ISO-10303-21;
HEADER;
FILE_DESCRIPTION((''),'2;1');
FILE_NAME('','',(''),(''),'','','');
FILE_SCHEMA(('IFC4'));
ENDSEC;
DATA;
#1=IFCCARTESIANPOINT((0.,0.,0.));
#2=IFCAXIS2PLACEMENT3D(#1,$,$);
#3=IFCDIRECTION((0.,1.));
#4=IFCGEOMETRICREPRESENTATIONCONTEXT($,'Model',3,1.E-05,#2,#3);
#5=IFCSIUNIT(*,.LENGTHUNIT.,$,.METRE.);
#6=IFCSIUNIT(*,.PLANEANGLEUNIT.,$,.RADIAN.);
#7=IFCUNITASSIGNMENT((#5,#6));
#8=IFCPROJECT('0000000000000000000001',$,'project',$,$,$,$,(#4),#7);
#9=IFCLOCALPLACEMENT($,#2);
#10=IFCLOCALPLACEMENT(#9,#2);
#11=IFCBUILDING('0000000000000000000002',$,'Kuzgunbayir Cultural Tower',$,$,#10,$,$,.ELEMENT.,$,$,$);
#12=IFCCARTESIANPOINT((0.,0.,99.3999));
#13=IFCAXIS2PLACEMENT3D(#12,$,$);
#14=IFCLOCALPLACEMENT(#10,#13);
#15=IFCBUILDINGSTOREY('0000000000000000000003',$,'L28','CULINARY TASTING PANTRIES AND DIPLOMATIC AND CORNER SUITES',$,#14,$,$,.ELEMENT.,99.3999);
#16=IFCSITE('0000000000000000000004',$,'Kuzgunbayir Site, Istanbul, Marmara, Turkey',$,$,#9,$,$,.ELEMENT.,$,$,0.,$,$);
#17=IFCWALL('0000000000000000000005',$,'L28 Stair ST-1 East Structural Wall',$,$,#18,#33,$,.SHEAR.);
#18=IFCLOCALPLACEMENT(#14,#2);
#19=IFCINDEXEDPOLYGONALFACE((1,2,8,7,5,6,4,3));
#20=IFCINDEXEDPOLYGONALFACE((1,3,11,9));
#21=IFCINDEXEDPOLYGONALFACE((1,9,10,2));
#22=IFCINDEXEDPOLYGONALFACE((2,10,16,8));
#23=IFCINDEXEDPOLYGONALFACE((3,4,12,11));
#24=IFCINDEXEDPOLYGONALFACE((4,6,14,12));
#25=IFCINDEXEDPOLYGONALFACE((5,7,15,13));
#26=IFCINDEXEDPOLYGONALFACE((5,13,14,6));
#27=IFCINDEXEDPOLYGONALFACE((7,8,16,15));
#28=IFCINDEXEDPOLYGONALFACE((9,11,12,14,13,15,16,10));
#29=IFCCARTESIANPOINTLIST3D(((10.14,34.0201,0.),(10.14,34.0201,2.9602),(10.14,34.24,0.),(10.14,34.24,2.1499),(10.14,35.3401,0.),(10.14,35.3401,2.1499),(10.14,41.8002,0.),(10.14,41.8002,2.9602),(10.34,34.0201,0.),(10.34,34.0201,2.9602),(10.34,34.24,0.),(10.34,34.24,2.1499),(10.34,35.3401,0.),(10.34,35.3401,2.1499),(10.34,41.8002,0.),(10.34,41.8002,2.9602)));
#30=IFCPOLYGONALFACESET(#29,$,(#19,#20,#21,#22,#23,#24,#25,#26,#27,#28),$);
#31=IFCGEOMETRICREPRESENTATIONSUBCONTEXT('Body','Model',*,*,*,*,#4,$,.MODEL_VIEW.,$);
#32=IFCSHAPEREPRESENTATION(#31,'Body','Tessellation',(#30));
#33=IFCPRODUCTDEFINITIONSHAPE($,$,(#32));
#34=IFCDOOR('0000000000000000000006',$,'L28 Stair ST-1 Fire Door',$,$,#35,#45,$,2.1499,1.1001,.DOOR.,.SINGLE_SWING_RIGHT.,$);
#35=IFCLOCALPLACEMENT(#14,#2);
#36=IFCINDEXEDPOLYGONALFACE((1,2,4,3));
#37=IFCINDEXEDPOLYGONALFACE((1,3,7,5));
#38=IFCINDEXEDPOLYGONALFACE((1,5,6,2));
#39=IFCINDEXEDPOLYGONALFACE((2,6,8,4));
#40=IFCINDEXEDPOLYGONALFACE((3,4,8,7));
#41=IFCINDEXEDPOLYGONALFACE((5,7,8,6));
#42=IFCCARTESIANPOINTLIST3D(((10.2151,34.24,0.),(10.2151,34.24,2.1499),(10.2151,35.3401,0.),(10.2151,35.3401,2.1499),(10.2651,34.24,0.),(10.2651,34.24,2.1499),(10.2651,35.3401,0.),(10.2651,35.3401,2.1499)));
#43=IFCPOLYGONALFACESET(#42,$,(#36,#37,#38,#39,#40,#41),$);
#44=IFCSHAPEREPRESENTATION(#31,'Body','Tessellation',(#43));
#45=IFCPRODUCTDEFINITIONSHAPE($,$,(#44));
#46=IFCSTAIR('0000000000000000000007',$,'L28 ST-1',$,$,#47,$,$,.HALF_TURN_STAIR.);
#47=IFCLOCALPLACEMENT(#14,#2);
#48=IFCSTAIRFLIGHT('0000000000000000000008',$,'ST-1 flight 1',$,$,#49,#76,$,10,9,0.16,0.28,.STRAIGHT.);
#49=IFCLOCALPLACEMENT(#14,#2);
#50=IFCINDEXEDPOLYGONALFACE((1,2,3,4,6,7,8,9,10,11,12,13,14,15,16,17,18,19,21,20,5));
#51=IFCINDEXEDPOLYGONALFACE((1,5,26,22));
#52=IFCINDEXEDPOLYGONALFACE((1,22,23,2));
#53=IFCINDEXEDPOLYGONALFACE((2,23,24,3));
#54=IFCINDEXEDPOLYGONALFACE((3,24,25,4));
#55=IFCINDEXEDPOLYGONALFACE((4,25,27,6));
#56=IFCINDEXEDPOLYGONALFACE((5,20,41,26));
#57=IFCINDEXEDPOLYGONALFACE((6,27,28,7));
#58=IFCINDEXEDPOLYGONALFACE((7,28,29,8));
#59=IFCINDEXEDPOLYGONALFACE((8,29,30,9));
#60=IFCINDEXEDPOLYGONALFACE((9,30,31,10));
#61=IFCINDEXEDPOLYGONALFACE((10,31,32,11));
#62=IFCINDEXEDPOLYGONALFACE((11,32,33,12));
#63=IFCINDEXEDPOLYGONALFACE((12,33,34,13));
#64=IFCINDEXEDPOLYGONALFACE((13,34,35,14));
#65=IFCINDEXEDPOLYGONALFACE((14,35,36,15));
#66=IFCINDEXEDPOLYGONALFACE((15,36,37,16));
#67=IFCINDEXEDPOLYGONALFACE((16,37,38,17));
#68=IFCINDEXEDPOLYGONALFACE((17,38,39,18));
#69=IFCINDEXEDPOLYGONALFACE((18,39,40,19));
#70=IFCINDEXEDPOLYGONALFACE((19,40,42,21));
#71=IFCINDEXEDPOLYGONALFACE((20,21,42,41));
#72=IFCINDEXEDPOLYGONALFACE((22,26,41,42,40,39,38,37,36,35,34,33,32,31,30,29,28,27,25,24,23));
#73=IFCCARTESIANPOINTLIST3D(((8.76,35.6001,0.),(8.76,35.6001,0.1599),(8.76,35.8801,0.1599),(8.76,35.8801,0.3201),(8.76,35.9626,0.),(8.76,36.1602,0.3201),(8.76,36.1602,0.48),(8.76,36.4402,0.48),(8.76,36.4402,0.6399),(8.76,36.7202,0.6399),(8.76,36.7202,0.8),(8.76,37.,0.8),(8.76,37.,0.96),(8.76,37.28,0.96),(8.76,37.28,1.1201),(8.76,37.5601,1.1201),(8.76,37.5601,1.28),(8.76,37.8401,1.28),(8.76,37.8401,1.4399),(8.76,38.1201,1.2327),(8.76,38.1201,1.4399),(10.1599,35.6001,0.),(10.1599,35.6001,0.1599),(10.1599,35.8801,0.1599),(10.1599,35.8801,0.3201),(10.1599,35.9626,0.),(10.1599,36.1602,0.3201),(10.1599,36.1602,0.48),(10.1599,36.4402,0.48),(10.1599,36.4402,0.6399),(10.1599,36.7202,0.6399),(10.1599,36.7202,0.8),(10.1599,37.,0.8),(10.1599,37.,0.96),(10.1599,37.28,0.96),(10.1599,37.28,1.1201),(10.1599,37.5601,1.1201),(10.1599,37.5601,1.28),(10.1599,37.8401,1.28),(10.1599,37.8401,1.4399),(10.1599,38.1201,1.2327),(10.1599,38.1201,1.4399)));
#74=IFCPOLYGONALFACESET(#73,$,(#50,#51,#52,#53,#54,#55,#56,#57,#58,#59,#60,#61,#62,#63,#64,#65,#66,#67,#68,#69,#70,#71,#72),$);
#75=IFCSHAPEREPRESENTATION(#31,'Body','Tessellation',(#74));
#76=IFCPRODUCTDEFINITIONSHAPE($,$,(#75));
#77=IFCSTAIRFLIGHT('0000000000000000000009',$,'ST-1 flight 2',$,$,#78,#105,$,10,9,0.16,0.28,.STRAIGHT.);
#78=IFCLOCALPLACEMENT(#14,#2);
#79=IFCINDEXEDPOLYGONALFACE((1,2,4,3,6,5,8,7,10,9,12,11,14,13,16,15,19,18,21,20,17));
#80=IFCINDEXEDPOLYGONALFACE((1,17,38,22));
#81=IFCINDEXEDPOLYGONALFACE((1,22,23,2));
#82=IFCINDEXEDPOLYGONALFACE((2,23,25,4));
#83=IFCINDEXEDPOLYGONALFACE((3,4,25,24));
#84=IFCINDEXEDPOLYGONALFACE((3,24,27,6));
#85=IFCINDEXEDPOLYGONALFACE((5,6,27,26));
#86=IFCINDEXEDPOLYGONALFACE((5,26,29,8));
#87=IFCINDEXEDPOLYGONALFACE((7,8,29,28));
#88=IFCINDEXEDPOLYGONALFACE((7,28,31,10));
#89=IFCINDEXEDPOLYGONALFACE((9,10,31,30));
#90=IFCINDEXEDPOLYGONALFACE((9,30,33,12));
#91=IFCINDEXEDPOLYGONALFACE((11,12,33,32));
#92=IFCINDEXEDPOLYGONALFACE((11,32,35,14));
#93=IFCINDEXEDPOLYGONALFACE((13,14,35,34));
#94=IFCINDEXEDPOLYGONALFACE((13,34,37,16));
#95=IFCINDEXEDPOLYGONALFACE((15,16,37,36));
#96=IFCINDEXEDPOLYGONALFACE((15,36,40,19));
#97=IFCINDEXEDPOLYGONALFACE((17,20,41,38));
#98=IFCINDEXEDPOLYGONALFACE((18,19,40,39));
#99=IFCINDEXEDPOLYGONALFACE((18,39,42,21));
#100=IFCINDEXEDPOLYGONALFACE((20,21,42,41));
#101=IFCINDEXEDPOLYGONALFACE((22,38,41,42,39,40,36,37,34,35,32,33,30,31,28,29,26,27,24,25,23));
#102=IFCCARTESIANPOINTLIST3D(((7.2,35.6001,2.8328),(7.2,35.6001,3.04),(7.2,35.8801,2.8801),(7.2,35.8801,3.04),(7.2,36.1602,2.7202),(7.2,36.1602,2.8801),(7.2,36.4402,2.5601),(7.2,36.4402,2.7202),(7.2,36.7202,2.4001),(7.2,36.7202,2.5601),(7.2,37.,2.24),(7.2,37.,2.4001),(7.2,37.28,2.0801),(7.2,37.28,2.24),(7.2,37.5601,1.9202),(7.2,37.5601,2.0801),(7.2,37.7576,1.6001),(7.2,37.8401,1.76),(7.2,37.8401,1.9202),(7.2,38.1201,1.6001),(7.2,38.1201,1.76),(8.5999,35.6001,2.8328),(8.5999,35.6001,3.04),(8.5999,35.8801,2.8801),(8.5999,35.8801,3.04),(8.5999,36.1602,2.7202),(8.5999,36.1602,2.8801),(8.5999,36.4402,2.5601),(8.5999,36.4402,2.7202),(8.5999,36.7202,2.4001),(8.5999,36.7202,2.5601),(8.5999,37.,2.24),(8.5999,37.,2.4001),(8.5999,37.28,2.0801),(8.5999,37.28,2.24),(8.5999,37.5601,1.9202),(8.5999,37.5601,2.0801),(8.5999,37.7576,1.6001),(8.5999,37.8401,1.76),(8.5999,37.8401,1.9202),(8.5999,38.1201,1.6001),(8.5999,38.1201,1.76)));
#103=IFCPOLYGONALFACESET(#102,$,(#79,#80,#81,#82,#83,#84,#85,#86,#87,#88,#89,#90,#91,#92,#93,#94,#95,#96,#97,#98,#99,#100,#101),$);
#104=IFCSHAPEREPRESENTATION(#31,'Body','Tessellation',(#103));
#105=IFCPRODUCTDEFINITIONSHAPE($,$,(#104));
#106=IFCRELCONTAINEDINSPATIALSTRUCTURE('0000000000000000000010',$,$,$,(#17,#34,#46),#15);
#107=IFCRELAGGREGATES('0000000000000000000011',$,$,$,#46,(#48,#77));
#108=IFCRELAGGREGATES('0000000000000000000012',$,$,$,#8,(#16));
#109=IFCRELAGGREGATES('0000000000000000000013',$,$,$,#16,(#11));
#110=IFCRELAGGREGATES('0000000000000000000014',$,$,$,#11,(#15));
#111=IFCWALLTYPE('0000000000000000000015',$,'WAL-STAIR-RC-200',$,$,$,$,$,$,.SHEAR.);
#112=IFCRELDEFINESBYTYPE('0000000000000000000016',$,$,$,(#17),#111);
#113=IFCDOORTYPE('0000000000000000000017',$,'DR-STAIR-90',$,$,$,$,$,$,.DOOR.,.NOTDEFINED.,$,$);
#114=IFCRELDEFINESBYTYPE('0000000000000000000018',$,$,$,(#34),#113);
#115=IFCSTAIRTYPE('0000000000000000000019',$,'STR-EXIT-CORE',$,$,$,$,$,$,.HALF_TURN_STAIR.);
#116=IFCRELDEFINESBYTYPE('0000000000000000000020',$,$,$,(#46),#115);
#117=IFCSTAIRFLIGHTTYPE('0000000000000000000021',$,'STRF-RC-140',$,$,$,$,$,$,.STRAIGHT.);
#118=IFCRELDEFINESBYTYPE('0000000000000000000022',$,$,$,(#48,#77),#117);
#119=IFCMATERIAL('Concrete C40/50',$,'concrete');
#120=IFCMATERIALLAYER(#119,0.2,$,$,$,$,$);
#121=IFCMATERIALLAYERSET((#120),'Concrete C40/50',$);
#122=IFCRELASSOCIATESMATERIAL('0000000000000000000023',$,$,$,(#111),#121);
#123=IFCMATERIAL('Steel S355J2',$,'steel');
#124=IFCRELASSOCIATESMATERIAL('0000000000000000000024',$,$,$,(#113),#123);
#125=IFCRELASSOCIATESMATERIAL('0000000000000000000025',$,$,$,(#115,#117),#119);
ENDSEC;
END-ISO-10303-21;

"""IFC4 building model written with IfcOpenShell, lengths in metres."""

from ifc_helpers import new_model, si_unit, direction, frame, frame_2d, origin, place, context, subcontext, project, spatial, polyline, rectangle, outline, extrude, material, layer, layer_set, type_object, element, fill, aggregate, save


model = new_model("IFC4")

# Units and contexts
model_context = context("Model", 3, precision=1e-05, world=origin(), true_north=direction((0.0, 1.0)))
body_context = subcontext(model_context, "Body", "Model", "MODEL_VIEW")
ifc_project = project(units=[si_unit("LENGTHUNIT", "METRE"), si_unit("PLANEANGLEUNIT", "RADIAN")], contexts=[model_context])

# Site, building, storey
site_placement = place(None, origin())
site = spatial("IfcSite", under=ifc_project, at=site_placement, Name="Kuzgunbayir Site, Istanbul, Marmara, Turkey", CompositionType="ELEMENT", RefElevation=0.0)
building_placement = place(site_placement, origin())
building = spatial("IfcBuilding", under=site, at=building_placement, Name="Kuzgunbayir Cultural Tower", CompositionType="ELEMENT")
storey_placement = place(building_placement, frame((0.0, 0.0, 99.3999)))
storey = spatial("IfcBuildingStorey", under=building, at=storey_placement, Name="L28", Description="CULINARY TASTING PANTRIES AND DIPLOMATIC AND CORNER SUITES", CompositionType="ELEMENT", Elevation=99.3999)

# Shared definitions
ifc_material_1 = material(Name="Steel S355J2", Category="steel")

# Shared definitions
ifc_material_2 = material(Name="Concrete C40/50", Category="concrete")

# Wall, opening, door
ifc_layer_1 = layer(ifc_material_2, 0.2)
ifc_layer_set_1 = layer_set([ifc_layer_1], Name="Concrete C40/50")
wall_type_1 = type_object("IfcWallType", Name="WAL-STAIR-RC-200", PredefinedType="SHEAR", material=ifc_layer_set_1)
wall_1_placement = place(storey_placement, frame((10.24, 34.02, 0.0), z_axis=(0.0, 0.0, 1.0), x_axis=(0.0, 1.0, 0.0)))
wall_1 = element("IfcWall", 1, at=wall_1_placement, inside=storey, type_object=wall_type_1, Name="L28 Stair ST-1 East Structural Wall", PredefinedType="SHEAR", context=body_context, shape_type="SweptSolid", body=[
    extrude(rectangle(XDim=7.78, YDim=0.2, at=frame_2d((3.8901, 0.0))), origin(), (0.0, 0.0, 1.0), 2.9602),
])
opening_1_placement = place(wall_1_placement, frame((0.22, 0.0, 0.0)))
opening_1 = element("IfcOpeningElement", 2, at=opening_1_placement, cuts=wall_1, PredefinedType="OPENING", context=body_context, shape_type="SweptSolid", body=[
    extrude(rectangle(XDim=1.1001, YDim=2.1499, at=frame_2d((0.55, 1.075))), frame((0.0, 0.1099, 0.0), z_axis=(0.0, -1.0, 0.0), x_axis=(1.0, 0.0, 0.0)), (0.0, 0.0, 1.0), 0.22),
])
door_type_1 = type_object("IfcDoorType", Name="DR-STAIR-90", OperationType="NOTDEFINED", PredefinedType="DOOR", material=ifc_material_1)
door_1_placement = place(opening_1_placement, origin())
door_1 = element("IfcDoor", 3, at=door_1_placement, inside=storey, type_object=door_type_1, Name="L28 Stair ST-1 Fire Door", OperationType="SINGLE_SWING_RIGHT", OverallHeight=2.1499, OverallWidth=1.1001, PredefinedType="DOOR", context=body_context, shape_type="SweptSolid", body=[
    extrude(rectangle(XDim=1.1001, YDim=2.1499, at=frame_2d((0.55, 1.075))), frame((0.0, 0.0249, 0.0), z_axis=(0.0, -1.0, 0.0), x_axis=(1.0, 0.0, 0.0)), (0.0, 0.0, 1.0), 0.05),
])
fill(opening_1, door_1)

# Stair, stair flights
stair_type = type_object("IfcStairType", Name="STR-EXIT-CORE", PredefinedType="HALF_TURN_STAIR", material=ifc_material_2)
stair_placement = place(storey_placement, origin())
stair = element("IfcStair", 4, at=stair_placement, inside=storey, type_object=stair_type, Name="L28 ST-1", PredefinedType="HALF_TURN_STAIR")
stair_flight_type = type_object("IfcStairFlightType", Name="STRF-RC-140", PredefinedType="STRAIGHT", material=ifc_material_2)
stair_flight_1_placement = place(storey_placement, frame((9.46, 35.6001, 0.0), z_axis=(0.0, 0.0, 1.0), x_axis=(0.0, 1.0, 0.0)))
stair_flight_1 = element("IfcStairFlight", 5, at=stair_flight_1_placement, type_object=stair_flight_type, Name="ST-1 flight 1", NumberOfRisers=10, NumberOfTreads=9, PredefinedType="STRAIGHT", RiserHeight=0.16, TreadLength=0.28, context=body_context, shape_type="SweptSolid", body=[
    extrude(outline(polyline([(0.0, 0.0), (0.0, 0.1599), (0.28, 0.1599), (0.28, 0.3201), (0.5601, 0.3201), (0.5601, 0.48), (0.8401, 0.48), (0.8401, 0.6399), (1.1201, 0.6399), (1.1201, 0.8), (1.3999, 0.8), (1.3999, 0.96), (1.6799, 0.96), (1.6799, 1.1201), (1.96, 1.1201), (1.96, 1.28), (2.24, 1.28), (2.24, 1.4399), (2.52, 1.4399), (2.52, 1.6001), (2.52, 1.2327), (0.3625, 0.0), (0.0, 0.0)])), frame((0.0, 0.7, 0.0), z_axis=(0.0, -1.0, 0.0), x_axis=(1.0, 0.0, 0.0)), (0.0, 0.0, 1.0), 1.3999),
])
stair_flight_2_placement = place(storey_placement, frame((7.8999, 38.1201, 1.6001), z_axis=(0.0, 0.0, 1.0), x_axis=(0.0, -1.0, 0.0)))
stair_flight_2 = element("IfcStairFlight", 6, at=stair_flight_2_placement, type_object=stair_flight_type, Name="ST-1 flight 2", NumberOfRisers=10, NumberOfTreads=9, PredefinedType="STRAIGHT", RiserHeight=0.16, TreadLength=0.28, context=body_context, shape_type="SweptSolid", body=[
    extrude(outline(polyline([(0.0, 0.0), (0.0, 0.1599), (0.28, 0.1599), (0.28, 0.3201), (0.5601, 0.3201), (0.5601, 0.48), (0.8401, 0.48), (0.8401, 0.6399), (1.1201, 0.6399), (1.1201, 0.8), (1.3999, 0.8), (1.3999, 0.96), (1.6799, 0.96), (1.6799, 1.1201), (1.96, 1.1201), (1.96, 1.28), (2.24, 1.28), (2.24, 1.4399), (2.52, 1.4399), (2.52, 1.6001), (2.52, 1.2327), (0.3625, 0.0), (0.0, 0.0)])), frame((0.0, 0.7, 0.0), z_axis=(0.0, -1.0, 0.0), x_axis=(1.0, 0.0, 0.0)), (0.0, 0.0, 1.0), 1.3999),
])
aggregate(stair, [stair_flight_1, stair_flight_2])

save(model, "model.ifc")
